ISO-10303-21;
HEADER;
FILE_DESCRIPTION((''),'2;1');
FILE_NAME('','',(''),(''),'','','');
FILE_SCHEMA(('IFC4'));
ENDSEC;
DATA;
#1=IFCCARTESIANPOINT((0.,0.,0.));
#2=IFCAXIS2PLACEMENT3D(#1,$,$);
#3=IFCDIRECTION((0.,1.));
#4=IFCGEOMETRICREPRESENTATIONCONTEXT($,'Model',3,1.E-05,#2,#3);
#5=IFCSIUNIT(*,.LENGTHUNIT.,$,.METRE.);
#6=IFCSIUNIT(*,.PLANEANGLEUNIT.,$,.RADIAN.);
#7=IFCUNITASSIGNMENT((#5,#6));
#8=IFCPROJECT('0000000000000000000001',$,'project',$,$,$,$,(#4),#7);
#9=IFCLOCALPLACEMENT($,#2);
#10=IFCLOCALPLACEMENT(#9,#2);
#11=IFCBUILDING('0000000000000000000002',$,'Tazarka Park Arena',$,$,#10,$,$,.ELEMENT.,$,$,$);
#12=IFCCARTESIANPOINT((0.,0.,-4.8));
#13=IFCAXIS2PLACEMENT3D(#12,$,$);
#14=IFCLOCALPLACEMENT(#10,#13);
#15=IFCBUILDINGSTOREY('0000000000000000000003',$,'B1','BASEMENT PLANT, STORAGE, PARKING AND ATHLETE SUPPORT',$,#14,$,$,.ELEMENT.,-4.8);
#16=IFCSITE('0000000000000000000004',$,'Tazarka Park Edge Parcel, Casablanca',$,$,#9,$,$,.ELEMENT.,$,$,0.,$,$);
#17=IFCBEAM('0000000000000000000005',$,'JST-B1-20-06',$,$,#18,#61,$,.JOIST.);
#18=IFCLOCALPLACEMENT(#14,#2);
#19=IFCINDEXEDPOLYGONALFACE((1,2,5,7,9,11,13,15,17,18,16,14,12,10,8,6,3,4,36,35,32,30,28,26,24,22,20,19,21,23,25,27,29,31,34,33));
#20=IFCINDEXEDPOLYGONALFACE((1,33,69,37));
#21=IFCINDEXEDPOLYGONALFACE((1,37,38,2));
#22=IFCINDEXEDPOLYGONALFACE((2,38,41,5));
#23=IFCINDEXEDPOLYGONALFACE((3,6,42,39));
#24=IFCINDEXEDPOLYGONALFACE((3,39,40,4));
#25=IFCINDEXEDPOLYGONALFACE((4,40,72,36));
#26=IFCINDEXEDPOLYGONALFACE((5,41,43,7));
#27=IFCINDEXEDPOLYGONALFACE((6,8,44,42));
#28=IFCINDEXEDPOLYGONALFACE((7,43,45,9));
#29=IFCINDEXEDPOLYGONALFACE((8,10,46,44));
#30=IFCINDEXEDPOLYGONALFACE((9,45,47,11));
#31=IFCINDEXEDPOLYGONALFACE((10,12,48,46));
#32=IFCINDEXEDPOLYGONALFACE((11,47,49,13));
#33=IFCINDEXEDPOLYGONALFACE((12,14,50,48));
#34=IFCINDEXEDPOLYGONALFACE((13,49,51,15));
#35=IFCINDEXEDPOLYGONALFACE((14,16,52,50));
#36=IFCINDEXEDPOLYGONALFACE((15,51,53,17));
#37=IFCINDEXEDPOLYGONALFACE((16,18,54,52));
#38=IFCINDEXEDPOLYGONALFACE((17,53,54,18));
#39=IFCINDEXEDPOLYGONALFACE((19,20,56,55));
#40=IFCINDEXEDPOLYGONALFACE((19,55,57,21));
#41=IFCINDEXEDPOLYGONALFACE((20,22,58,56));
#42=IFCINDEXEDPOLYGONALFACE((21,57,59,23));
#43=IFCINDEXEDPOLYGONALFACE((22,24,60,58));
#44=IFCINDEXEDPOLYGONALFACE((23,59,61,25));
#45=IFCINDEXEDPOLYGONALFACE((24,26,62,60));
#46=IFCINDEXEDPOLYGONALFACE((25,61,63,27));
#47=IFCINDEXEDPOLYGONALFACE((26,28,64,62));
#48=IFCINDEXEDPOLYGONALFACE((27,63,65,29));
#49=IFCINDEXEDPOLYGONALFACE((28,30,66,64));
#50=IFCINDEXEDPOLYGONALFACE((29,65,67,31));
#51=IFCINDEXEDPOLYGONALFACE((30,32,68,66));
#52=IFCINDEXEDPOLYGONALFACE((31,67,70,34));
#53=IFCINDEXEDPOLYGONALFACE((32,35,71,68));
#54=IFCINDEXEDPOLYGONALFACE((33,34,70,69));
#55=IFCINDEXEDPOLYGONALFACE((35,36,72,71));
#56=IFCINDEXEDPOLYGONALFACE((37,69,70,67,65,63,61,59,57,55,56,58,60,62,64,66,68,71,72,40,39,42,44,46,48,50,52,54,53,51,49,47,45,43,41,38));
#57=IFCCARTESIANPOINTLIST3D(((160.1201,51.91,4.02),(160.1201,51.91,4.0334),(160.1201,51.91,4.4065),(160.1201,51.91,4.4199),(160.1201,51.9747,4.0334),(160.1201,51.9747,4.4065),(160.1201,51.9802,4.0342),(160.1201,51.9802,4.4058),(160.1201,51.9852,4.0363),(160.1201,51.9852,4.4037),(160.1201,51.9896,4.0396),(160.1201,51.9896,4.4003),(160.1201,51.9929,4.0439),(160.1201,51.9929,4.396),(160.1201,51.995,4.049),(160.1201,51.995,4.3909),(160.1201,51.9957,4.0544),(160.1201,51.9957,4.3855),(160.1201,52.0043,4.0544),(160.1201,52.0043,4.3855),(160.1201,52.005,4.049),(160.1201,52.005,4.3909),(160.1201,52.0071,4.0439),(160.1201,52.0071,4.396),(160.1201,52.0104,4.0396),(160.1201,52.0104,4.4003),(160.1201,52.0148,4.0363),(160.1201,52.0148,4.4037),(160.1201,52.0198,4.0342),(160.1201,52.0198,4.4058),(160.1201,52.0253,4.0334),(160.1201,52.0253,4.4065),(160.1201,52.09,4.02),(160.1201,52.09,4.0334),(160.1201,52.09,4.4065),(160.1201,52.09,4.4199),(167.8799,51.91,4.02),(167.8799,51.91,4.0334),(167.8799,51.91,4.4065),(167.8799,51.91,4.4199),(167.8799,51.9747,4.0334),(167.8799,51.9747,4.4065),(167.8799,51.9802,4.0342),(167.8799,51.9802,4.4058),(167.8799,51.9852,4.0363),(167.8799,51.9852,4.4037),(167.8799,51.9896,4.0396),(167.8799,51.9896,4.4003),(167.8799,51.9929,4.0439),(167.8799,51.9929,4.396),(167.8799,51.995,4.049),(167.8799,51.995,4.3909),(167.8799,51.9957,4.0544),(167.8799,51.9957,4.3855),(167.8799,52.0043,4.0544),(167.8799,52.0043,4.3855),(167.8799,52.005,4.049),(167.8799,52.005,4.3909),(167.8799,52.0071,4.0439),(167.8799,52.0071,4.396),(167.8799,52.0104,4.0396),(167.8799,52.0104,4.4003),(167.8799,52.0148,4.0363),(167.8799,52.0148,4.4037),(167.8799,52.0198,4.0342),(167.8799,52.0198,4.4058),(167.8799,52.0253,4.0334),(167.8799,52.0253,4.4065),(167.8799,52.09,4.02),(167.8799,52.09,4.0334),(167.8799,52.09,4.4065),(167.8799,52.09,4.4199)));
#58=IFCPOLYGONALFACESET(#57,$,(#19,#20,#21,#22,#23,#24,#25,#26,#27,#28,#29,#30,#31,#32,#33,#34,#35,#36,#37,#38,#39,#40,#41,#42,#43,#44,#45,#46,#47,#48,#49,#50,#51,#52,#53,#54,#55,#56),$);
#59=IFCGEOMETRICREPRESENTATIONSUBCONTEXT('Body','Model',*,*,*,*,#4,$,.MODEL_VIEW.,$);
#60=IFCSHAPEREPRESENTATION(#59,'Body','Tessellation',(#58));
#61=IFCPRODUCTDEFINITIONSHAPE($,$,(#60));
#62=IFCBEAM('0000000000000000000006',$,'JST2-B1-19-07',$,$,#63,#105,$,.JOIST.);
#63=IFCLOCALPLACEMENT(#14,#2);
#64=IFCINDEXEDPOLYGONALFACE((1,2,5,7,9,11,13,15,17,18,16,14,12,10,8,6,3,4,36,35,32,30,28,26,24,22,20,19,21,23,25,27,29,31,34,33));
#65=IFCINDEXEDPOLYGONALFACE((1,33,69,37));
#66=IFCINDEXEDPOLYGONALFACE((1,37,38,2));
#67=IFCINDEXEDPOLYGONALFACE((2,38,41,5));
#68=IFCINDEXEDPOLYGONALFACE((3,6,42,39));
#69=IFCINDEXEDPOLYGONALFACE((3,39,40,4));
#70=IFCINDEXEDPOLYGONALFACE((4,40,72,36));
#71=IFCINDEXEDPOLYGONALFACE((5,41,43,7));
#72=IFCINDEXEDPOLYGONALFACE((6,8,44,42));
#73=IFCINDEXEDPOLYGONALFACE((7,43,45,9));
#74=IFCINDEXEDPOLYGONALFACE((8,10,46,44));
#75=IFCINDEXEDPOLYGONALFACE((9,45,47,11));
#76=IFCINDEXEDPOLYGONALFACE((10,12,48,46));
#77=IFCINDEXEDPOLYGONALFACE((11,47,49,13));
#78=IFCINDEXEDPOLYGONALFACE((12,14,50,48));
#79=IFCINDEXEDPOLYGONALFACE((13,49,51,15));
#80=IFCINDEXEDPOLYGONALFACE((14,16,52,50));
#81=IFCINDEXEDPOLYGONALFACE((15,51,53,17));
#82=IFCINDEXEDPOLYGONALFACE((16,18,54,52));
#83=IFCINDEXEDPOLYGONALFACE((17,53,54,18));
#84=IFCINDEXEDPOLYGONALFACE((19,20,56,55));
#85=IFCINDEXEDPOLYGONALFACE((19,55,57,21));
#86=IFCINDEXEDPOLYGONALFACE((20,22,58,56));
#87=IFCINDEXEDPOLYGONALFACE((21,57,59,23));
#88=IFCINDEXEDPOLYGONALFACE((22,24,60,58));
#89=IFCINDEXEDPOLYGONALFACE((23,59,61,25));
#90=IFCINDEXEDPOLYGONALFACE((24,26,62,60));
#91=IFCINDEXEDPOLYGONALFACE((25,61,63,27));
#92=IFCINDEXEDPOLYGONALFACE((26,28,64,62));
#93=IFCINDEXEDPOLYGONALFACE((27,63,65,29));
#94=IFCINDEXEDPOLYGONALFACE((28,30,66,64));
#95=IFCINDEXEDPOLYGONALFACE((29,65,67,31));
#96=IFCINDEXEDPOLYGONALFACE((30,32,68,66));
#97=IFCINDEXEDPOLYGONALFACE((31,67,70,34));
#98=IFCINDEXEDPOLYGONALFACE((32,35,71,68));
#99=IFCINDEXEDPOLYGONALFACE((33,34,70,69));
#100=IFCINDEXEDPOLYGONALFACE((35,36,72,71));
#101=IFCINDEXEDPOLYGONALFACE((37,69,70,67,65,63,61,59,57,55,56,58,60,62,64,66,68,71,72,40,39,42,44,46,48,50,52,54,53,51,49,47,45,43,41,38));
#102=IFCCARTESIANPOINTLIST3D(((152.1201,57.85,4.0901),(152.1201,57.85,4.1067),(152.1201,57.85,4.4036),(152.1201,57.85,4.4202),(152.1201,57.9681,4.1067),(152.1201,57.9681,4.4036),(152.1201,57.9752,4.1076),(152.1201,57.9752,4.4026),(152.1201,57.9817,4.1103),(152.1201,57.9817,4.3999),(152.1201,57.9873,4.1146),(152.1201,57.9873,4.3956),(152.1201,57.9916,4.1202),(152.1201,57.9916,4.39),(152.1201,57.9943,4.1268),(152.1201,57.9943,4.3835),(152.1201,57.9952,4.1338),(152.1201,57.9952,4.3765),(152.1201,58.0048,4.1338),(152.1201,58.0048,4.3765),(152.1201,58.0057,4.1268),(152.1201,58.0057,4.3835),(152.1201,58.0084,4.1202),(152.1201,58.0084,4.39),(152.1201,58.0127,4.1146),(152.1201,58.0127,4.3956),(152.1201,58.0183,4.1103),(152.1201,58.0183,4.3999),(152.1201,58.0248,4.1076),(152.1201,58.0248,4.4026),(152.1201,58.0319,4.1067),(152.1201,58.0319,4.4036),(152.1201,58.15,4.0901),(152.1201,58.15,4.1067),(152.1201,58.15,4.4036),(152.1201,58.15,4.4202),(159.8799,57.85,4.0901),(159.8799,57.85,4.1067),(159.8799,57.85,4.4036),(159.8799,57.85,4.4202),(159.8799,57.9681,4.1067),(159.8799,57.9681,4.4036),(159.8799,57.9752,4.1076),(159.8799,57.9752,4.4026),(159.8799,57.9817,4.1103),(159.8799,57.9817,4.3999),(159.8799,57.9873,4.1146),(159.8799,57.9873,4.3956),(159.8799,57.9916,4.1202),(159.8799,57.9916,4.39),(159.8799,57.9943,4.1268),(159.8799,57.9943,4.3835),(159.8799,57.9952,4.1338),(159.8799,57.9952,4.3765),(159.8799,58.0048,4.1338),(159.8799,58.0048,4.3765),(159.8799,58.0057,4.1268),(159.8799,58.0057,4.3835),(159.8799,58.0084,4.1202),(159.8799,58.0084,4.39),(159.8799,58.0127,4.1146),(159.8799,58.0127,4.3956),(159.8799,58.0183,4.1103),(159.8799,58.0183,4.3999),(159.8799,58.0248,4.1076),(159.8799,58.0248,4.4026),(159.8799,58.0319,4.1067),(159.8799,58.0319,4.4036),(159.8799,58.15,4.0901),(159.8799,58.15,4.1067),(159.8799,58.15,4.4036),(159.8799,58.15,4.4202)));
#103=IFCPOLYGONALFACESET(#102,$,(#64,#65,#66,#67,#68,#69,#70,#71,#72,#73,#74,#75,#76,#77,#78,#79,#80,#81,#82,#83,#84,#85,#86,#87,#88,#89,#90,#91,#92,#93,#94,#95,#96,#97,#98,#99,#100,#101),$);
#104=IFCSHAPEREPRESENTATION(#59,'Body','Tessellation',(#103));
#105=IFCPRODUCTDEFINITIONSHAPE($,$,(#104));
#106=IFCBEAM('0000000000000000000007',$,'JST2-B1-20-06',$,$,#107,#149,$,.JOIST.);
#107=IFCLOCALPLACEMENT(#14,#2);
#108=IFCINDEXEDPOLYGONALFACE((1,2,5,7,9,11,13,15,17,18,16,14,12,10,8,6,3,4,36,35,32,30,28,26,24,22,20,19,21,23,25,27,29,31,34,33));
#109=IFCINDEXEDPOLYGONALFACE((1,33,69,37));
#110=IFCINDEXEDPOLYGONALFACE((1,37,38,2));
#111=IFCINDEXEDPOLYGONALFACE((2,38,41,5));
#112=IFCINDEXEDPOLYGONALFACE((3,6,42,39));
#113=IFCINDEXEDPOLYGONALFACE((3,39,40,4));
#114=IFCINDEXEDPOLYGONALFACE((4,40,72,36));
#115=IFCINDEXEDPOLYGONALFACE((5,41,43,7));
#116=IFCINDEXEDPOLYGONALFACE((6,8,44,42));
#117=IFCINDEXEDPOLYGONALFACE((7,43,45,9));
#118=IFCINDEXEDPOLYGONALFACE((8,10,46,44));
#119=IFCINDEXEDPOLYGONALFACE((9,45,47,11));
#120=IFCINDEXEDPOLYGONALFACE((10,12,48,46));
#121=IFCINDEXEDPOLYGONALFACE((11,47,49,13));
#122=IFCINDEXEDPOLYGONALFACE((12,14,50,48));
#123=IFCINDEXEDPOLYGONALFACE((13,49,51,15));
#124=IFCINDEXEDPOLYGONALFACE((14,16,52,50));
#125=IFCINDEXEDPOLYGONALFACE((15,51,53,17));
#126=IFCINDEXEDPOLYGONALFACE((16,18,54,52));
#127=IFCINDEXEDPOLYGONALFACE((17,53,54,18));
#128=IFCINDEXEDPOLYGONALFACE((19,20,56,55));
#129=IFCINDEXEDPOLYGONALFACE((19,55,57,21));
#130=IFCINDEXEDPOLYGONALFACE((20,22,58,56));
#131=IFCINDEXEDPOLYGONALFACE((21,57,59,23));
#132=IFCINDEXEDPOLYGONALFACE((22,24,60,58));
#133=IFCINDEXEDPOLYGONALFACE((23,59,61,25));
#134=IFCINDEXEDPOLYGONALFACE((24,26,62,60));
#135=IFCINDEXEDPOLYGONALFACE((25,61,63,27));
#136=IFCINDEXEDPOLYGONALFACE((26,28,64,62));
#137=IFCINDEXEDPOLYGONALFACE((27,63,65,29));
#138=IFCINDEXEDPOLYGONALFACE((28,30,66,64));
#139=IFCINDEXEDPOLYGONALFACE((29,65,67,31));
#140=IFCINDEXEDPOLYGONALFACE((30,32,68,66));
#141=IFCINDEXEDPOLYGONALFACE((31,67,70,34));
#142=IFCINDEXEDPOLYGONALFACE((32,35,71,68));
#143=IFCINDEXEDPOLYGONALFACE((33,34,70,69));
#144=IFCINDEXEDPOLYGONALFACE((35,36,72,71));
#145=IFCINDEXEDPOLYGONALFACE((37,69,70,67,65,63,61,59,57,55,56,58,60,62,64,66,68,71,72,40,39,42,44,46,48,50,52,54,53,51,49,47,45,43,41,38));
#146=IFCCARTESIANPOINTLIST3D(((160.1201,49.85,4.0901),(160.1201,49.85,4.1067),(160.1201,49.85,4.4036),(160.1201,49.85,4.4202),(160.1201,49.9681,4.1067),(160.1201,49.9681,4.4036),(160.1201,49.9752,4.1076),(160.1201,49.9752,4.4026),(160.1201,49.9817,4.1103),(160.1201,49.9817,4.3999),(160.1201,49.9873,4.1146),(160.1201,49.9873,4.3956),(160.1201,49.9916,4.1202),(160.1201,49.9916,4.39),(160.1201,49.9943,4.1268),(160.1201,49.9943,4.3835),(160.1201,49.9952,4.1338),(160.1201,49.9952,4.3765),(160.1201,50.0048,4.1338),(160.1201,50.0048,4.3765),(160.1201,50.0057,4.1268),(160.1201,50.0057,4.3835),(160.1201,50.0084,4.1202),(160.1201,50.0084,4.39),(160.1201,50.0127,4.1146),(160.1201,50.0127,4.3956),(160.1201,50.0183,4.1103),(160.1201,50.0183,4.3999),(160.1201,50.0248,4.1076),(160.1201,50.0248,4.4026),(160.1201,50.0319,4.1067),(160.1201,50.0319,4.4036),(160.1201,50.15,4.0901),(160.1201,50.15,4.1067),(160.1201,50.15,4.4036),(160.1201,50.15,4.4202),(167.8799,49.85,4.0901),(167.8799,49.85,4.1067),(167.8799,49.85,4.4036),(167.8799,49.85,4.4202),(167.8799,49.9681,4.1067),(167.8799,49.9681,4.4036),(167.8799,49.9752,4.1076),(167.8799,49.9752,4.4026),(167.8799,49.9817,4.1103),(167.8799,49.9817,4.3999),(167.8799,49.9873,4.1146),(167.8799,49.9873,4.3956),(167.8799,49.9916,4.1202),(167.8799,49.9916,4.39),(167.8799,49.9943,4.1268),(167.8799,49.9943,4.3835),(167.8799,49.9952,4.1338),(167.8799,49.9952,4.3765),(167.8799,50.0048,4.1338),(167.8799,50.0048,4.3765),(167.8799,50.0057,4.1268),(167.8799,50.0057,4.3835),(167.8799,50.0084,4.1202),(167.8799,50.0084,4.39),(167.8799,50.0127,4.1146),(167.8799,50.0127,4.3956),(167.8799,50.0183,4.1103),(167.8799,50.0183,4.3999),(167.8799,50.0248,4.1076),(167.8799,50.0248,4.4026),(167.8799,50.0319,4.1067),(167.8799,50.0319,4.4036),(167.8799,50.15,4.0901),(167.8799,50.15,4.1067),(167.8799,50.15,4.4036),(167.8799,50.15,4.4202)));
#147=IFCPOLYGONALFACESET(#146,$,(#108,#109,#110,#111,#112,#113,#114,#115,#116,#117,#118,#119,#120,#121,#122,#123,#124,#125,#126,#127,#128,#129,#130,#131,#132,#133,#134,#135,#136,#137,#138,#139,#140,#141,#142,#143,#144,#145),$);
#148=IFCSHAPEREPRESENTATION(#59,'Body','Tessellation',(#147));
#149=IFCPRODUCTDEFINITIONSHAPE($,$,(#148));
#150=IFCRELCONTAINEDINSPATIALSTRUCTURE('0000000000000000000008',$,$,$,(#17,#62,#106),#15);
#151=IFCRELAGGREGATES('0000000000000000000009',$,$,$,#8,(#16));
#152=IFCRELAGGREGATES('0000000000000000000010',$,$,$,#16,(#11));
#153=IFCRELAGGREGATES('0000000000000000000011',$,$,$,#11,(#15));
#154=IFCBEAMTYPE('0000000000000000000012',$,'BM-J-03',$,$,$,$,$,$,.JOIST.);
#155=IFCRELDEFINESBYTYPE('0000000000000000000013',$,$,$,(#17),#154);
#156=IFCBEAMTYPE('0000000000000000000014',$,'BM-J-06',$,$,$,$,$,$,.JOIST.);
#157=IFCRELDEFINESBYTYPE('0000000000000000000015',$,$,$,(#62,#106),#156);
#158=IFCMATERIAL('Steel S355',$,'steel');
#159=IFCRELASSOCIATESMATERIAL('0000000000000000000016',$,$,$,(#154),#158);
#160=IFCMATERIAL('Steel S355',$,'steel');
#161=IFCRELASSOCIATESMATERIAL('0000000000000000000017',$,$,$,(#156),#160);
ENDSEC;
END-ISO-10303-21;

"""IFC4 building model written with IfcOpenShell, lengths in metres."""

from ifc_helpers import new_model, si_unit, direction, frame, origin, origin_2d, place, context, subcontext, project, spatial, i_section, extrude, material, material_profile, profile_set, type_object, element, save


model = new_model("IFC4")

# Units and contexts
model_context = context("Model", 3, precision=1e-05, world=origin(), true_north=direction((0.0, 1.0)))
body_context = subcontext(model_context, "Body", "Model", "MODEL_VIEW")
ifc_project = project(units=[si_unit("LENGTHUNIT", "METRE"), si_unit("PLANEANGLEUNIT", "RADIAN")], contexts=[model_context])

# Site, building, storey
site_placement = place(None, origin())
site = spatial("IfcSite", under=ifc_project, at=site_placement, Name="Tazarka Park Edge Parcel, Casablanca", CompositionType="ELEMENT", RefElevation=0.0)
building_placement = place(site_placement, origin())
building = spatial("IfcBuilding", under=site, at=building_placement, Name="Tazarka Park Arena", CompositionType="ELEMENT")
storey_placement = place(building_placement, frame((0.0, 0.0, -4.8)))
storey = spatial("IfcBuildingStorey", under=building, at=storey_placement, Name="B1", Description="BASEMENT PLANT, STORAGE, PARKING AND ATHLETE SUPPORT", CompositionType="ELEMENT", Elevation=-4.8)

# Beams
ifc_material_1 = material(Name="Steel S355", Category="steel")
ifc_material_profile_1 = material_profile(ifc_material_1, i_section(OverallWidth=0.1799, OverallDepth=0.3999, WebThickness=0.0085, FlangeThickness=0.0134, FilletRadius=0.021, at=origin_2d()), Name="Steel S355")
ifc_profile_set_1 = profile_set([ifc_material_profile_1], Name="Steel S355")
beam_type_1 = type_object("IfcBeamType", Name="BM-J-03", PredefinedType="JOIST", material=ifc_profile_set_1)
for number, where, z_axis, x_axis, name in (
    (1, (160.1201, 52.0, 4.22), (1.0, 0.0, 0.0), (0.0, 1.0, 0.0), "JST-B1-20-06"),
):
    element("IfcBeam", number, at=place(storey_placement, frame(where, z_axis=z_axis, x_axis=x_axis)), inside=storey, type_object=beam_type_1, Name=name, PredefinedType="JOIST", context=body_context, shape_type="SweptSolid", body=[
        extrude(i_section(OverallWidth=0.1799, OverallDepth=0.3999, WebThickness=0.0085, FlangeThickness=0.0134, FilletRadius=0.021, at=origin_2d()), origin(), (0.0, 0.0, 1.0), 7.7598),
    ])
ifc_material_2 = material(Name="Steel S355", Category="steel")
ifc_material_profile_2 = material_profile(ifc_material_2, i_section(OverallWidth=0.3, OverallDepth=0.3301, WebThickness=0.0095, FlangeThickness=0.0166, FilletRadius=0.0271, at=origin_2d()), Name="Steel S355")
ifc_profile_set_2 = profile_set([ifc_material_profile_2], Name="Steel S355")
beam_type_2 = type_object("IfcBeamType", Name="BM-J-06", PredefinedType="JOIST", material=ifc_profile_set_2)
for number, where, z_axis, x_axis, name in (
    (2, (152.1201, 58.0, 4.2551), (1.0, 0.0, 0.0), (0.0, 1.0, 0.0), "JST2-B1-19-07"),
    (3, (160.1201, 50.0, 4.2551), (1.0, 0.0, 0.0), (0.0, 1.0, 0.0), "JST2-B1-20-06"),
):
    element("IfcBeam", number, at=place(storey_placement, frame(where, z_axis=z_axis, x_axis=x_axis)), inside=storey, type_object=beam_type_2, Name=name, PredefinedType="JOIST", context=body_context, shape_type="SweptSolid", body=[
        extrude(i_section(OverallWidth=0.3, OverallDepth=0.3301, WebThickness=0.0095, FlangeThickness=0.0166, FilletRadius=0.0271, at=origin_2d()), origin(), (0.0, 0.0, 1.0), 7.7598),
    ])

save(model, "model.ifc")
